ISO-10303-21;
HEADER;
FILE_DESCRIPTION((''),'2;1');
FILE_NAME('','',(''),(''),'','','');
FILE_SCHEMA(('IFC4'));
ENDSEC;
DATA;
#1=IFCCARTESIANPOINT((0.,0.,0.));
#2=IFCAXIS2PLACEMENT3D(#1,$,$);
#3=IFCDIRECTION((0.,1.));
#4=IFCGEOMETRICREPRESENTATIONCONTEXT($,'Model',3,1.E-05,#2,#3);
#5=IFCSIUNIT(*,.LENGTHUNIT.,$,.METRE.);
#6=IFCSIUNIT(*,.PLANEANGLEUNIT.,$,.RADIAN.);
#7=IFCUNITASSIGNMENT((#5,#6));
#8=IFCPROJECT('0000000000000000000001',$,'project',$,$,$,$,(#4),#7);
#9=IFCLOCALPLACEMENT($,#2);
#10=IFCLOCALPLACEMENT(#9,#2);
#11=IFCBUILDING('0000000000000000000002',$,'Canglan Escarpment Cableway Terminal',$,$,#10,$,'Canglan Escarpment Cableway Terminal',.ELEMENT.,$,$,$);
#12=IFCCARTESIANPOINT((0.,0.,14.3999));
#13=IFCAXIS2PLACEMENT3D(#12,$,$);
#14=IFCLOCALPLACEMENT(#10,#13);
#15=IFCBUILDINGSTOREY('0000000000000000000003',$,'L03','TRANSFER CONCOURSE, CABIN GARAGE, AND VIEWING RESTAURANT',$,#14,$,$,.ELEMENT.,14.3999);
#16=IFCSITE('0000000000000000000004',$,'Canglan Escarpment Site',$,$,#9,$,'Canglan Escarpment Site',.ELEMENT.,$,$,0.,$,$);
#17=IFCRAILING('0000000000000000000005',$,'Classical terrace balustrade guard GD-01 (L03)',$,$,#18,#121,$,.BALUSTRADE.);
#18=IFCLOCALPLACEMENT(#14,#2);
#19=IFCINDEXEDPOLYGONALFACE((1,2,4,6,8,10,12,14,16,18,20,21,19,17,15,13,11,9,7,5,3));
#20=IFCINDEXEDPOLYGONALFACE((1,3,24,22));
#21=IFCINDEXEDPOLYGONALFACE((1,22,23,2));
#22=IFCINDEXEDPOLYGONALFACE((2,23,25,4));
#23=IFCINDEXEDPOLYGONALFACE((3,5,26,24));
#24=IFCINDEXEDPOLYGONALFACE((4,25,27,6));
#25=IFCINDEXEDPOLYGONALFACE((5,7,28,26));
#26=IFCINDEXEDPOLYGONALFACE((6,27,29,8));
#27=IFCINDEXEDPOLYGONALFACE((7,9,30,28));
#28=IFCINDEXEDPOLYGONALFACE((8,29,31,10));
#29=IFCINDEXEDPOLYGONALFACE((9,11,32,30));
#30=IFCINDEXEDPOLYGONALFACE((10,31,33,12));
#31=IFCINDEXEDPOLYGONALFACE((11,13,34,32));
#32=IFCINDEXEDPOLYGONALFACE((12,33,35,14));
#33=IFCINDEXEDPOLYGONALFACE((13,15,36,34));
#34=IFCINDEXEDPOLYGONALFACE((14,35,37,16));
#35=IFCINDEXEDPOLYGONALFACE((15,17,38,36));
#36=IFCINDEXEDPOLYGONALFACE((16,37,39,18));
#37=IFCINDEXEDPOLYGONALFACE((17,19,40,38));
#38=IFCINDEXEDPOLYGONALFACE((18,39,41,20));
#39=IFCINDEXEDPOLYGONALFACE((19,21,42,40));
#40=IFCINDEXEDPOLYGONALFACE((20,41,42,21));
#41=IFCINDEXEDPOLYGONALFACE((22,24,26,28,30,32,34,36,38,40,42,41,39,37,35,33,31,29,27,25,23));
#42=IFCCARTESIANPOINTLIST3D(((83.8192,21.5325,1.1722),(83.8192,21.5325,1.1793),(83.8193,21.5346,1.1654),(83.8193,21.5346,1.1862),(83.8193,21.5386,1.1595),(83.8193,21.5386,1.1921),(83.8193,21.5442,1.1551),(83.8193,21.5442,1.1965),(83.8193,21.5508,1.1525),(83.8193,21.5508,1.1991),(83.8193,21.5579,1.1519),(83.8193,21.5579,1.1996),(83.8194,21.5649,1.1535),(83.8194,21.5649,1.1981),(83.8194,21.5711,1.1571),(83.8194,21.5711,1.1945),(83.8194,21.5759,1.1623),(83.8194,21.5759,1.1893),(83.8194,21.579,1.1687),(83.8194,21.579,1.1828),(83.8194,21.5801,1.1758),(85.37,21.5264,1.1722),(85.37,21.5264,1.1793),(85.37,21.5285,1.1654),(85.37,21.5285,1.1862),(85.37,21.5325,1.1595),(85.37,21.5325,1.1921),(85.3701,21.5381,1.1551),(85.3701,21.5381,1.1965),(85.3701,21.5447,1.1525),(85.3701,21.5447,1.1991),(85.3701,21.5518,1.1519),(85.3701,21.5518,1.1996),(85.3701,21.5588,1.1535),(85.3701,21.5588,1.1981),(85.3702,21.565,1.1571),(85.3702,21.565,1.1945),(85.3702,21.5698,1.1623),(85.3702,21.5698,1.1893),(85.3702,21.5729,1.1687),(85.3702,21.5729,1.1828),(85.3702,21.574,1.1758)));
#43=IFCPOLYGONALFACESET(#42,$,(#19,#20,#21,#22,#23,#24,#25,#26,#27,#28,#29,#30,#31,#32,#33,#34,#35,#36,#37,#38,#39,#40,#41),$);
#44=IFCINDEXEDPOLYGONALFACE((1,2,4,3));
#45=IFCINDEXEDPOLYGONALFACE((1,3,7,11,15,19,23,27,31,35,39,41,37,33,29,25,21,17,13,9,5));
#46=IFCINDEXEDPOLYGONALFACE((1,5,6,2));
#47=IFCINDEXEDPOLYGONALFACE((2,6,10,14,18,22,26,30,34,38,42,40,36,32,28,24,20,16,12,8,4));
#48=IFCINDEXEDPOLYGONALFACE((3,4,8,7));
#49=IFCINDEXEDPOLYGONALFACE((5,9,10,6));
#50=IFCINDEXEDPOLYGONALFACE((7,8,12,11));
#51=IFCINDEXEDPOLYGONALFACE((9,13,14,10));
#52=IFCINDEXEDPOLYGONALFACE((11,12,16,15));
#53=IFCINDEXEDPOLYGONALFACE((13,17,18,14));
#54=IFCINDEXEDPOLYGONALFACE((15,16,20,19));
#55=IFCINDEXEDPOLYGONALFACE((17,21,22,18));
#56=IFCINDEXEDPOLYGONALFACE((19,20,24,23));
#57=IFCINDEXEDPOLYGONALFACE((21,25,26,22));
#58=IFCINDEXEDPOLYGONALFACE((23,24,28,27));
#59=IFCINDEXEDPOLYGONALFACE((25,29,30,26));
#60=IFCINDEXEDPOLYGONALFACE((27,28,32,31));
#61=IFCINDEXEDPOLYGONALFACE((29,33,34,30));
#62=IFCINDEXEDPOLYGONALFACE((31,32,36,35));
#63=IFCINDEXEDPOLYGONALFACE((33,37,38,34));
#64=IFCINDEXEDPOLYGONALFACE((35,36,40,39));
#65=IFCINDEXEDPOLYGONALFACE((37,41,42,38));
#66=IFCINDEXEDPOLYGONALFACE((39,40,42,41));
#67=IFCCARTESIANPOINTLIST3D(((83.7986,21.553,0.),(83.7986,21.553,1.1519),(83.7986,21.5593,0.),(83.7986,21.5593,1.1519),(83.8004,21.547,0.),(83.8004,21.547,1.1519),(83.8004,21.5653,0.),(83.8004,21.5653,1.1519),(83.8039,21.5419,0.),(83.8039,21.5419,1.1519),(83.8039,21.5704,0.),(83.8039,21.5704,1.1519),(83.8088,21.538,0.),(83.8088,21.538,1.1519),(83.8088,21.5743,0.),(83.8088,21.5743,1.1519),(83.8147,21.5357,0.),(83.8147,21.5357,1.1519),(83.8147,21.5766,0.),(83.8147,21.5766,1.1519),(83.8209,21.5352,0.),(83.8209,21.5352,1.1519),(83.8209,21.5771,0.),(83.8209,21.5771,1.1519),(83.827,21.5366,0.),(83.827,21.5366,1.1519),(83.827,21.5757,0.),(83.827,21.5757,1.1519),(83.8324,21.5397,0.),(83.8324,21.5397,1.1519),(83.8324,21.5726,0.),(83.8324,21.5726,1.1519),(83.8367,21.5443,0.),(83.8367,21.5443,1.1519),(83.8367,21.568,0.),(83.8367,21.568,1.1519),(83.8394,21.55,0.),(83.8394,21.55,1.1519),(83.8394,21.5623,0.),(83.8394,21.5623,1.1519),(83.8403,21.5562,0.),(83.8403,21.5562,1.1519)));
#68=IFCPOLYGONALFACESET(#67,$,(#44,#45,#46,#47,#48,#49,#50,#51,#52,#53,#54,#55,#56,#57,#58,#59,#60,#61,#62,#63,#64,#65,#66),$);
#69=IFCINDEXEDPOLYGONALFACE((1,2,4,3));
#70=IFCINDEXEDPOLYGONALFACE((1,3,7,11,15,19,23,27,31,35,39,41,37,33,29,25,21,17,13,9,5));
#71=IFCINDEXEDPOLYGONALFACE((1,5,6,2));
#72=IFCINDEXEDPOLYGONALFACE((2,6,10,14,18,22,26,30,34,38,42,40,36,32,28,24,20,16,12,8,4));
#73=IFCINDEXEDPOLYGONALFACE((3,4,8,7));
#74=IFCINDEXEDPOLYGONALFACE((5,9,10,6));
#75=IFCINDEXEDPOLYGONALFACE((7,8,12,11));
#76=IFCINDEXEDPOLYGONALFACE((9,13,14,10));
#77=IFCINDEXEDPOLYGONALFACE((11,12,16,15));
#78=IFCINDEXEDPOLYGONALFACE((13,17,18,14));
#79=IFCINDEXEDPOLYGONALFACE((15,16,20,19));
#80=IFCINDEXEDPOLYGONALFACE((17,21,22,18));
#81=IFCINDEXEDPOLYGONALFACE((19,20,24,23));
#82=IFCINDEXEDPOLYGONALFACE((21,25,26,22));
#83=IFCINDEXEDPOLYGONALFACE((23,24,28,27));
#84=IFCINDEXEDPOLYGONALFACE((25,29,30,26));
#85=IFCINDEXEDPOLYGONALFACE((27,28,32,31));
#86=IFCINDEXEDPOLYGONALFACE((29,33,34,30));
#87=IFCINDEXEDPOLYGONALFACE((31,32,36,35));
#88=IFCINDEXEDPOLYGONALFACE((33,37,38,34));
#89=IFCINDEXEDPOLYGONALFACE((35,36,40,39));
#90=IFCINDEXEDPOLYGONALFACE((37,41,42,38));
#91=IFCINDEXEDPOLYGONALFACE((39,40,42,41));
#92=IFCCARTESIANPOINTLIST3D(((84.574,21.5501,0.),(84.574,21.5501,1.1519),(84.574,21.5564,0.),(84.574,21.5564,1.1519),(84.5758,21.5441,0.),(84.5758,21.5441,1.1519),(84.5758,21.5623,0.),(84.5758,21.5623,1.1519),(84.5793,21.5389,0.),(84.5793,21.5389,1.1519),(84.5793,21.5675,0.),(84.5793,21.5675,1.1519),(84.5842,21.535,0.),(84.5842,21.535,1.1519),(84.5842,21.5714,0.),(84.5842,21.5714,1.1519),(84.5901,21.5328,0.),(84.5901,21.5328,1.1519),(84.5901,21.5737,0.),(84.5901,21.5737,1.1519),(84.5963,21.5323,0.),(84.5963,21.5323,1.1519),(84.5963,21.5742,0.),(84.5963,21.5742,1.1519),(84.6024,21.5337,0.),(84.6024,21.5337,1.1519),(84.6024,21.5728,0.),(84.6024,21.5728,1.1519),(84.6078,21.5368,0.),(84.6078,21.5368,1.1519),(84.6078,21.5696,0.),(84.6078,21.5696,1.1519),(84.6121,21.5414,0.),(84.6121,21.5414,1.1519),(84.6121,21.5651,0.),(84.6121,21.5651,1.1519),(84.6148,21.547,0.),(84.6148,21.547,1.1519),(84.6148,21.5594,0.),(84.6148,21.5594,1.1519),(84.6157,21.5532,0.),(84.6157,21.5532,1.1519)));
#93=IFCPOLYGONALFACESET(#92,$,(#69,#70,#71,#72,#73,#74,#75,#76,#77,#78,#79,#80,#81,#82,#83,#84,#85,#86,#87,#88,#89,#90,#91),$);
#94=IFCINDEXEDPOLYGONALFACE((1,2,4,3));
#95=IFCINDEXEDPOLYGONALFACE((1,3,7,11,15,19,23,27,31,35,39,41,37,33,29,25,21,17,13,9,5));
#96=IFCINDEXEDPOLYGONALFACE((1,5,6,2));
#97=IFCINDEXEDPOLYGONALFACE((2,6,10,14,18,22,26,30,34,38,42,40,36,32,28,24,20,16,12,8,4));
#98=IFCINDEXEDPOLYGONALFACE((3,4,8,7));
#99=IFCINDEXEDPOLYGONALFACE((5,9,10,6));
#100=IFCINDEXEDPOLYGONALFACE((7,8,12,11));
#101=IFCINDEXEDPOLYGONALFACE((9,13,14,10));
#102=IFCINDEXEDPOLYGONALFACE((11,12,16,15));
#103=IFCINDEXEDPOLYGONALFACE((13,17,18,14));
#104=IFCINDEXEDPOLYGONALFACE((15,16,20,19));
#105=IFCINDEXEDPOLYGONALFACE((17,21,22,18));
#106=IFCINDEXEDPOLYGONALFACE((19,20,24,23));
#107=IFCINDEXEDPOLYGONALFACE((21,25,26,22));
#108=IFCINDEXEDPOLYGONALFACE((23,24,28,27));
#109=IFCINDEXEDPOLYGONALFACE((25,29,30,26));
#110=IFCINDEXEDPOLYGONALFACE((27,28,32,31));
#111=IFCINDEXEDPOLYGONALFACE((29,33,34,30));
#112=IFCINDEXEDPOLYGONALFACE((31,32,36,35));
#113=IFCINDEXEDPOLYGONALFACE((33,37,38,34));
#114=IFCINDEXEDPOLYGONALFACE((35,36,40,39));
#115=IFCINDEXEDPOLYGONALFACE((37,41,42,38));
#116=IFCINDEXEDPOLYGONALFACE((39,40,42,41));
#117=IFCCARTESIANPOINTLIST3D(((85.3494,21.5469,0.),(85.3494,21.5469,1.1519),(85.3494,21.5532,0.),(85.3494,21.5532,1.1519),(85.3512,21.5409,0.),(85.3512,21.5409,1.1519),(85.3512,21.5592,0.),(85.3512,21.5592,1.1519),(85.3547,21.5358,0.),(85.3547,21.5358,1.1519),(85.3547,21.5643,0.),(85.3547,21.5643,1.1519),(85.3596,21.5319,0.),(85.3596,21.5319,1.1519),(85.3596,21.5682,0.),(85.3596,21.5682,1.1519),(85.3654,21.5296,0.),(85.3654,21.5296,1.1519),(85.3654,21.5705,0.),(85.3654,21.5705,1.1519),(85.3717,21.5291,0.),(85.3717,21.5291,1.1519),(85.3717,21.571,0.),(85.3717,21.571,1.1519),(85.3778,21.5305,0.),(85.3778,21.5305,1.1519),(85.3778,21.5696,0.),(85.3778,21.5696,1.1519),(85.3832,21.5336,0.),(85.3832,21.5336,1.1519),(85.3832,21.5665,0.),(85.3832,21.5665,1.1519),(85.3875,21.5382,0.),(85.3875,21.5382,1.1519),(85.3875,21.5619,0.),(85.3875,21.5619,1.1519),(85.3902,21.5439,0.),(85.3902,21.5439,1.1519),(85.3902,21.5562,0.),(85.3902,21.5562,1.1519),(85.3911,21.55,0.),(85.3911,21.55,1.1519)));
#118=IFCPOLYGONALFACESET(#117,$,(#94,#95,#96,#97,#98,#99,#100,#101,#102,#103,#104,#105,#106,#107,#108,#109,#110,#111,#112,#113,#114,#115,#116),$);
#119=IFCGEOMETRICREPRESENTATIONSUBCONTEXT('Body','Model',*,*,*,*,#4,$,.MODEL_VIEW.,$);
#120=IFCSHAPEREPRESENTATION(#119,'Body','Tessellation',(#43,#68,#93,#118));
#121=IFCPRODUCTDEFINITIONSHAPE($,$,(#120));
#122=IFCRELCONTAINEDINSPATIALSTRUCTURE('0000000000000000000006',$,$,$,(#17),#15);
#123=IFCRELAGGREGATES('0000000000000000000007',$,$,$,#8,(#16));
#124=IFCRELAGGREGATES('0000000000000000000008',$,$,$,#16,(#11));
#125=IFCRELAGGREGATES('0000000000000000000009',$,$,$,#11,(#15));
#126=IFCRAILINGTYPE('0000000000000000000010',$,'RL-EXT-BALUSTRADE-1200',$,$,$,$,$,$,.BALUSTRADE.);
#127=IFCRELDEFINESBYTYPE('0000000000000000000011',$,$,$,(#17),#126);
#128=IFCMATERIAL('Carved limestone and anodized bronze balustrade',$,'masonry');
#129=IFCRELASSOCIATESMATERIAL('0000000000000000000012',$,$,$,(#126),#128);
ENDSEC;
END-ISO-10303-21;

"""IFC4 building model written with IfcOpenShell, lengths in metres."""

from ifc_helpers import new_model, si_unit, direction, frame, origin, origin_2d, place, context, subcontext, project, spatial, circle, extrude, material, type_object, element, save


model = new_model("IFC4")

# Units and contexts
model_context = context("Model", 3, precision=1e-05, world=origin(), true_north=direction((0.0, 1.0)))
body_context = subcontext(model_context, "Body", "Model", "MODEL_VIEW")
ifc_project = project(units=[si_unit("LENGTHUNIT", "METRE"), si_unit("PLANEANGLEUNIT", "RADIAN")], contexts=[model_context])

# Site, building, storey
site_placement = place(None, origin())
site = spatial("IfcSite", under=ifc_project, at=site_placement, Name="Canglan Escarpment Site", LongName="Canglan Escarpment Site", CompositionType="ELEMENT", RefElevation=0.0)
building_placement = place(site_placement, origin())
building = spatial("IfcBuilding", under=site, at=building_placement, Name="Canglan Escarpment Cableway Terminal", LongName="Canglan Escarpment Cableway Terminal", CompositionType="ELEMENT")
storey_placement = place(building_placement, frame((0.0, 0.0, 14.3999)))
storey = spatial("IfcBuildingStorey", under=building, at=storey_placement, Name="L03", Description="TRANSFER CONCOURSE, CABIN GARAGE, AND VIEWING RESTAURANT", CompositionType="ELEMENT", Elevation=14.3999)

# Railing
ifc_material_1 = material(Name="Carved limestone and anodized bronze balustrade", Category="masonry")
railing_type = type_object("IfcRailingType", Name="RL-EXT-BALUSTRADE-1200", PredefinedType="BALUSTRADE", material=ifc_material_1)
railing_1_placement = place(storey_placement, frame((83.8193, 21.5562, 0.0)))
element("IfcRailing", 1, at=railing_1_placement, inside=storey, type_object=railing_type, Name="Classical terrace balustrade guard GD-01 (L03)", PredefinedType="BALUSTRADE", context=body_context, shape_type="SweptSolid", body=[
    extrude(circle(Radius=0.0239, at=origin_2d()), frame((0.0, 0.0, 1.1758), z_axis=(0.999992, -0.003936, 0.0), x_axis=(0.003936, 0.999992, 0.0)), (0.0, 0.0, 1.0), 1.5508),
    extrude(circle(Radius=0.021, at=origin_2d()), origin(), (0.0, 0.0, 1.0), 1.1519),
    extrude(circle(Radius=0.021, at=origin_2d()), frame((0.7754, -0.0029, 0.0)), (0.0, 0.0, 1.0), 1.1519),
    extrude(circle(Radius=0.021, at=origin_2d()), frame((1.5508, -0.0061, 0.0)), (0.0, 0.0, 1.0), 1.1519),
])

save(model, "model.ifc")
